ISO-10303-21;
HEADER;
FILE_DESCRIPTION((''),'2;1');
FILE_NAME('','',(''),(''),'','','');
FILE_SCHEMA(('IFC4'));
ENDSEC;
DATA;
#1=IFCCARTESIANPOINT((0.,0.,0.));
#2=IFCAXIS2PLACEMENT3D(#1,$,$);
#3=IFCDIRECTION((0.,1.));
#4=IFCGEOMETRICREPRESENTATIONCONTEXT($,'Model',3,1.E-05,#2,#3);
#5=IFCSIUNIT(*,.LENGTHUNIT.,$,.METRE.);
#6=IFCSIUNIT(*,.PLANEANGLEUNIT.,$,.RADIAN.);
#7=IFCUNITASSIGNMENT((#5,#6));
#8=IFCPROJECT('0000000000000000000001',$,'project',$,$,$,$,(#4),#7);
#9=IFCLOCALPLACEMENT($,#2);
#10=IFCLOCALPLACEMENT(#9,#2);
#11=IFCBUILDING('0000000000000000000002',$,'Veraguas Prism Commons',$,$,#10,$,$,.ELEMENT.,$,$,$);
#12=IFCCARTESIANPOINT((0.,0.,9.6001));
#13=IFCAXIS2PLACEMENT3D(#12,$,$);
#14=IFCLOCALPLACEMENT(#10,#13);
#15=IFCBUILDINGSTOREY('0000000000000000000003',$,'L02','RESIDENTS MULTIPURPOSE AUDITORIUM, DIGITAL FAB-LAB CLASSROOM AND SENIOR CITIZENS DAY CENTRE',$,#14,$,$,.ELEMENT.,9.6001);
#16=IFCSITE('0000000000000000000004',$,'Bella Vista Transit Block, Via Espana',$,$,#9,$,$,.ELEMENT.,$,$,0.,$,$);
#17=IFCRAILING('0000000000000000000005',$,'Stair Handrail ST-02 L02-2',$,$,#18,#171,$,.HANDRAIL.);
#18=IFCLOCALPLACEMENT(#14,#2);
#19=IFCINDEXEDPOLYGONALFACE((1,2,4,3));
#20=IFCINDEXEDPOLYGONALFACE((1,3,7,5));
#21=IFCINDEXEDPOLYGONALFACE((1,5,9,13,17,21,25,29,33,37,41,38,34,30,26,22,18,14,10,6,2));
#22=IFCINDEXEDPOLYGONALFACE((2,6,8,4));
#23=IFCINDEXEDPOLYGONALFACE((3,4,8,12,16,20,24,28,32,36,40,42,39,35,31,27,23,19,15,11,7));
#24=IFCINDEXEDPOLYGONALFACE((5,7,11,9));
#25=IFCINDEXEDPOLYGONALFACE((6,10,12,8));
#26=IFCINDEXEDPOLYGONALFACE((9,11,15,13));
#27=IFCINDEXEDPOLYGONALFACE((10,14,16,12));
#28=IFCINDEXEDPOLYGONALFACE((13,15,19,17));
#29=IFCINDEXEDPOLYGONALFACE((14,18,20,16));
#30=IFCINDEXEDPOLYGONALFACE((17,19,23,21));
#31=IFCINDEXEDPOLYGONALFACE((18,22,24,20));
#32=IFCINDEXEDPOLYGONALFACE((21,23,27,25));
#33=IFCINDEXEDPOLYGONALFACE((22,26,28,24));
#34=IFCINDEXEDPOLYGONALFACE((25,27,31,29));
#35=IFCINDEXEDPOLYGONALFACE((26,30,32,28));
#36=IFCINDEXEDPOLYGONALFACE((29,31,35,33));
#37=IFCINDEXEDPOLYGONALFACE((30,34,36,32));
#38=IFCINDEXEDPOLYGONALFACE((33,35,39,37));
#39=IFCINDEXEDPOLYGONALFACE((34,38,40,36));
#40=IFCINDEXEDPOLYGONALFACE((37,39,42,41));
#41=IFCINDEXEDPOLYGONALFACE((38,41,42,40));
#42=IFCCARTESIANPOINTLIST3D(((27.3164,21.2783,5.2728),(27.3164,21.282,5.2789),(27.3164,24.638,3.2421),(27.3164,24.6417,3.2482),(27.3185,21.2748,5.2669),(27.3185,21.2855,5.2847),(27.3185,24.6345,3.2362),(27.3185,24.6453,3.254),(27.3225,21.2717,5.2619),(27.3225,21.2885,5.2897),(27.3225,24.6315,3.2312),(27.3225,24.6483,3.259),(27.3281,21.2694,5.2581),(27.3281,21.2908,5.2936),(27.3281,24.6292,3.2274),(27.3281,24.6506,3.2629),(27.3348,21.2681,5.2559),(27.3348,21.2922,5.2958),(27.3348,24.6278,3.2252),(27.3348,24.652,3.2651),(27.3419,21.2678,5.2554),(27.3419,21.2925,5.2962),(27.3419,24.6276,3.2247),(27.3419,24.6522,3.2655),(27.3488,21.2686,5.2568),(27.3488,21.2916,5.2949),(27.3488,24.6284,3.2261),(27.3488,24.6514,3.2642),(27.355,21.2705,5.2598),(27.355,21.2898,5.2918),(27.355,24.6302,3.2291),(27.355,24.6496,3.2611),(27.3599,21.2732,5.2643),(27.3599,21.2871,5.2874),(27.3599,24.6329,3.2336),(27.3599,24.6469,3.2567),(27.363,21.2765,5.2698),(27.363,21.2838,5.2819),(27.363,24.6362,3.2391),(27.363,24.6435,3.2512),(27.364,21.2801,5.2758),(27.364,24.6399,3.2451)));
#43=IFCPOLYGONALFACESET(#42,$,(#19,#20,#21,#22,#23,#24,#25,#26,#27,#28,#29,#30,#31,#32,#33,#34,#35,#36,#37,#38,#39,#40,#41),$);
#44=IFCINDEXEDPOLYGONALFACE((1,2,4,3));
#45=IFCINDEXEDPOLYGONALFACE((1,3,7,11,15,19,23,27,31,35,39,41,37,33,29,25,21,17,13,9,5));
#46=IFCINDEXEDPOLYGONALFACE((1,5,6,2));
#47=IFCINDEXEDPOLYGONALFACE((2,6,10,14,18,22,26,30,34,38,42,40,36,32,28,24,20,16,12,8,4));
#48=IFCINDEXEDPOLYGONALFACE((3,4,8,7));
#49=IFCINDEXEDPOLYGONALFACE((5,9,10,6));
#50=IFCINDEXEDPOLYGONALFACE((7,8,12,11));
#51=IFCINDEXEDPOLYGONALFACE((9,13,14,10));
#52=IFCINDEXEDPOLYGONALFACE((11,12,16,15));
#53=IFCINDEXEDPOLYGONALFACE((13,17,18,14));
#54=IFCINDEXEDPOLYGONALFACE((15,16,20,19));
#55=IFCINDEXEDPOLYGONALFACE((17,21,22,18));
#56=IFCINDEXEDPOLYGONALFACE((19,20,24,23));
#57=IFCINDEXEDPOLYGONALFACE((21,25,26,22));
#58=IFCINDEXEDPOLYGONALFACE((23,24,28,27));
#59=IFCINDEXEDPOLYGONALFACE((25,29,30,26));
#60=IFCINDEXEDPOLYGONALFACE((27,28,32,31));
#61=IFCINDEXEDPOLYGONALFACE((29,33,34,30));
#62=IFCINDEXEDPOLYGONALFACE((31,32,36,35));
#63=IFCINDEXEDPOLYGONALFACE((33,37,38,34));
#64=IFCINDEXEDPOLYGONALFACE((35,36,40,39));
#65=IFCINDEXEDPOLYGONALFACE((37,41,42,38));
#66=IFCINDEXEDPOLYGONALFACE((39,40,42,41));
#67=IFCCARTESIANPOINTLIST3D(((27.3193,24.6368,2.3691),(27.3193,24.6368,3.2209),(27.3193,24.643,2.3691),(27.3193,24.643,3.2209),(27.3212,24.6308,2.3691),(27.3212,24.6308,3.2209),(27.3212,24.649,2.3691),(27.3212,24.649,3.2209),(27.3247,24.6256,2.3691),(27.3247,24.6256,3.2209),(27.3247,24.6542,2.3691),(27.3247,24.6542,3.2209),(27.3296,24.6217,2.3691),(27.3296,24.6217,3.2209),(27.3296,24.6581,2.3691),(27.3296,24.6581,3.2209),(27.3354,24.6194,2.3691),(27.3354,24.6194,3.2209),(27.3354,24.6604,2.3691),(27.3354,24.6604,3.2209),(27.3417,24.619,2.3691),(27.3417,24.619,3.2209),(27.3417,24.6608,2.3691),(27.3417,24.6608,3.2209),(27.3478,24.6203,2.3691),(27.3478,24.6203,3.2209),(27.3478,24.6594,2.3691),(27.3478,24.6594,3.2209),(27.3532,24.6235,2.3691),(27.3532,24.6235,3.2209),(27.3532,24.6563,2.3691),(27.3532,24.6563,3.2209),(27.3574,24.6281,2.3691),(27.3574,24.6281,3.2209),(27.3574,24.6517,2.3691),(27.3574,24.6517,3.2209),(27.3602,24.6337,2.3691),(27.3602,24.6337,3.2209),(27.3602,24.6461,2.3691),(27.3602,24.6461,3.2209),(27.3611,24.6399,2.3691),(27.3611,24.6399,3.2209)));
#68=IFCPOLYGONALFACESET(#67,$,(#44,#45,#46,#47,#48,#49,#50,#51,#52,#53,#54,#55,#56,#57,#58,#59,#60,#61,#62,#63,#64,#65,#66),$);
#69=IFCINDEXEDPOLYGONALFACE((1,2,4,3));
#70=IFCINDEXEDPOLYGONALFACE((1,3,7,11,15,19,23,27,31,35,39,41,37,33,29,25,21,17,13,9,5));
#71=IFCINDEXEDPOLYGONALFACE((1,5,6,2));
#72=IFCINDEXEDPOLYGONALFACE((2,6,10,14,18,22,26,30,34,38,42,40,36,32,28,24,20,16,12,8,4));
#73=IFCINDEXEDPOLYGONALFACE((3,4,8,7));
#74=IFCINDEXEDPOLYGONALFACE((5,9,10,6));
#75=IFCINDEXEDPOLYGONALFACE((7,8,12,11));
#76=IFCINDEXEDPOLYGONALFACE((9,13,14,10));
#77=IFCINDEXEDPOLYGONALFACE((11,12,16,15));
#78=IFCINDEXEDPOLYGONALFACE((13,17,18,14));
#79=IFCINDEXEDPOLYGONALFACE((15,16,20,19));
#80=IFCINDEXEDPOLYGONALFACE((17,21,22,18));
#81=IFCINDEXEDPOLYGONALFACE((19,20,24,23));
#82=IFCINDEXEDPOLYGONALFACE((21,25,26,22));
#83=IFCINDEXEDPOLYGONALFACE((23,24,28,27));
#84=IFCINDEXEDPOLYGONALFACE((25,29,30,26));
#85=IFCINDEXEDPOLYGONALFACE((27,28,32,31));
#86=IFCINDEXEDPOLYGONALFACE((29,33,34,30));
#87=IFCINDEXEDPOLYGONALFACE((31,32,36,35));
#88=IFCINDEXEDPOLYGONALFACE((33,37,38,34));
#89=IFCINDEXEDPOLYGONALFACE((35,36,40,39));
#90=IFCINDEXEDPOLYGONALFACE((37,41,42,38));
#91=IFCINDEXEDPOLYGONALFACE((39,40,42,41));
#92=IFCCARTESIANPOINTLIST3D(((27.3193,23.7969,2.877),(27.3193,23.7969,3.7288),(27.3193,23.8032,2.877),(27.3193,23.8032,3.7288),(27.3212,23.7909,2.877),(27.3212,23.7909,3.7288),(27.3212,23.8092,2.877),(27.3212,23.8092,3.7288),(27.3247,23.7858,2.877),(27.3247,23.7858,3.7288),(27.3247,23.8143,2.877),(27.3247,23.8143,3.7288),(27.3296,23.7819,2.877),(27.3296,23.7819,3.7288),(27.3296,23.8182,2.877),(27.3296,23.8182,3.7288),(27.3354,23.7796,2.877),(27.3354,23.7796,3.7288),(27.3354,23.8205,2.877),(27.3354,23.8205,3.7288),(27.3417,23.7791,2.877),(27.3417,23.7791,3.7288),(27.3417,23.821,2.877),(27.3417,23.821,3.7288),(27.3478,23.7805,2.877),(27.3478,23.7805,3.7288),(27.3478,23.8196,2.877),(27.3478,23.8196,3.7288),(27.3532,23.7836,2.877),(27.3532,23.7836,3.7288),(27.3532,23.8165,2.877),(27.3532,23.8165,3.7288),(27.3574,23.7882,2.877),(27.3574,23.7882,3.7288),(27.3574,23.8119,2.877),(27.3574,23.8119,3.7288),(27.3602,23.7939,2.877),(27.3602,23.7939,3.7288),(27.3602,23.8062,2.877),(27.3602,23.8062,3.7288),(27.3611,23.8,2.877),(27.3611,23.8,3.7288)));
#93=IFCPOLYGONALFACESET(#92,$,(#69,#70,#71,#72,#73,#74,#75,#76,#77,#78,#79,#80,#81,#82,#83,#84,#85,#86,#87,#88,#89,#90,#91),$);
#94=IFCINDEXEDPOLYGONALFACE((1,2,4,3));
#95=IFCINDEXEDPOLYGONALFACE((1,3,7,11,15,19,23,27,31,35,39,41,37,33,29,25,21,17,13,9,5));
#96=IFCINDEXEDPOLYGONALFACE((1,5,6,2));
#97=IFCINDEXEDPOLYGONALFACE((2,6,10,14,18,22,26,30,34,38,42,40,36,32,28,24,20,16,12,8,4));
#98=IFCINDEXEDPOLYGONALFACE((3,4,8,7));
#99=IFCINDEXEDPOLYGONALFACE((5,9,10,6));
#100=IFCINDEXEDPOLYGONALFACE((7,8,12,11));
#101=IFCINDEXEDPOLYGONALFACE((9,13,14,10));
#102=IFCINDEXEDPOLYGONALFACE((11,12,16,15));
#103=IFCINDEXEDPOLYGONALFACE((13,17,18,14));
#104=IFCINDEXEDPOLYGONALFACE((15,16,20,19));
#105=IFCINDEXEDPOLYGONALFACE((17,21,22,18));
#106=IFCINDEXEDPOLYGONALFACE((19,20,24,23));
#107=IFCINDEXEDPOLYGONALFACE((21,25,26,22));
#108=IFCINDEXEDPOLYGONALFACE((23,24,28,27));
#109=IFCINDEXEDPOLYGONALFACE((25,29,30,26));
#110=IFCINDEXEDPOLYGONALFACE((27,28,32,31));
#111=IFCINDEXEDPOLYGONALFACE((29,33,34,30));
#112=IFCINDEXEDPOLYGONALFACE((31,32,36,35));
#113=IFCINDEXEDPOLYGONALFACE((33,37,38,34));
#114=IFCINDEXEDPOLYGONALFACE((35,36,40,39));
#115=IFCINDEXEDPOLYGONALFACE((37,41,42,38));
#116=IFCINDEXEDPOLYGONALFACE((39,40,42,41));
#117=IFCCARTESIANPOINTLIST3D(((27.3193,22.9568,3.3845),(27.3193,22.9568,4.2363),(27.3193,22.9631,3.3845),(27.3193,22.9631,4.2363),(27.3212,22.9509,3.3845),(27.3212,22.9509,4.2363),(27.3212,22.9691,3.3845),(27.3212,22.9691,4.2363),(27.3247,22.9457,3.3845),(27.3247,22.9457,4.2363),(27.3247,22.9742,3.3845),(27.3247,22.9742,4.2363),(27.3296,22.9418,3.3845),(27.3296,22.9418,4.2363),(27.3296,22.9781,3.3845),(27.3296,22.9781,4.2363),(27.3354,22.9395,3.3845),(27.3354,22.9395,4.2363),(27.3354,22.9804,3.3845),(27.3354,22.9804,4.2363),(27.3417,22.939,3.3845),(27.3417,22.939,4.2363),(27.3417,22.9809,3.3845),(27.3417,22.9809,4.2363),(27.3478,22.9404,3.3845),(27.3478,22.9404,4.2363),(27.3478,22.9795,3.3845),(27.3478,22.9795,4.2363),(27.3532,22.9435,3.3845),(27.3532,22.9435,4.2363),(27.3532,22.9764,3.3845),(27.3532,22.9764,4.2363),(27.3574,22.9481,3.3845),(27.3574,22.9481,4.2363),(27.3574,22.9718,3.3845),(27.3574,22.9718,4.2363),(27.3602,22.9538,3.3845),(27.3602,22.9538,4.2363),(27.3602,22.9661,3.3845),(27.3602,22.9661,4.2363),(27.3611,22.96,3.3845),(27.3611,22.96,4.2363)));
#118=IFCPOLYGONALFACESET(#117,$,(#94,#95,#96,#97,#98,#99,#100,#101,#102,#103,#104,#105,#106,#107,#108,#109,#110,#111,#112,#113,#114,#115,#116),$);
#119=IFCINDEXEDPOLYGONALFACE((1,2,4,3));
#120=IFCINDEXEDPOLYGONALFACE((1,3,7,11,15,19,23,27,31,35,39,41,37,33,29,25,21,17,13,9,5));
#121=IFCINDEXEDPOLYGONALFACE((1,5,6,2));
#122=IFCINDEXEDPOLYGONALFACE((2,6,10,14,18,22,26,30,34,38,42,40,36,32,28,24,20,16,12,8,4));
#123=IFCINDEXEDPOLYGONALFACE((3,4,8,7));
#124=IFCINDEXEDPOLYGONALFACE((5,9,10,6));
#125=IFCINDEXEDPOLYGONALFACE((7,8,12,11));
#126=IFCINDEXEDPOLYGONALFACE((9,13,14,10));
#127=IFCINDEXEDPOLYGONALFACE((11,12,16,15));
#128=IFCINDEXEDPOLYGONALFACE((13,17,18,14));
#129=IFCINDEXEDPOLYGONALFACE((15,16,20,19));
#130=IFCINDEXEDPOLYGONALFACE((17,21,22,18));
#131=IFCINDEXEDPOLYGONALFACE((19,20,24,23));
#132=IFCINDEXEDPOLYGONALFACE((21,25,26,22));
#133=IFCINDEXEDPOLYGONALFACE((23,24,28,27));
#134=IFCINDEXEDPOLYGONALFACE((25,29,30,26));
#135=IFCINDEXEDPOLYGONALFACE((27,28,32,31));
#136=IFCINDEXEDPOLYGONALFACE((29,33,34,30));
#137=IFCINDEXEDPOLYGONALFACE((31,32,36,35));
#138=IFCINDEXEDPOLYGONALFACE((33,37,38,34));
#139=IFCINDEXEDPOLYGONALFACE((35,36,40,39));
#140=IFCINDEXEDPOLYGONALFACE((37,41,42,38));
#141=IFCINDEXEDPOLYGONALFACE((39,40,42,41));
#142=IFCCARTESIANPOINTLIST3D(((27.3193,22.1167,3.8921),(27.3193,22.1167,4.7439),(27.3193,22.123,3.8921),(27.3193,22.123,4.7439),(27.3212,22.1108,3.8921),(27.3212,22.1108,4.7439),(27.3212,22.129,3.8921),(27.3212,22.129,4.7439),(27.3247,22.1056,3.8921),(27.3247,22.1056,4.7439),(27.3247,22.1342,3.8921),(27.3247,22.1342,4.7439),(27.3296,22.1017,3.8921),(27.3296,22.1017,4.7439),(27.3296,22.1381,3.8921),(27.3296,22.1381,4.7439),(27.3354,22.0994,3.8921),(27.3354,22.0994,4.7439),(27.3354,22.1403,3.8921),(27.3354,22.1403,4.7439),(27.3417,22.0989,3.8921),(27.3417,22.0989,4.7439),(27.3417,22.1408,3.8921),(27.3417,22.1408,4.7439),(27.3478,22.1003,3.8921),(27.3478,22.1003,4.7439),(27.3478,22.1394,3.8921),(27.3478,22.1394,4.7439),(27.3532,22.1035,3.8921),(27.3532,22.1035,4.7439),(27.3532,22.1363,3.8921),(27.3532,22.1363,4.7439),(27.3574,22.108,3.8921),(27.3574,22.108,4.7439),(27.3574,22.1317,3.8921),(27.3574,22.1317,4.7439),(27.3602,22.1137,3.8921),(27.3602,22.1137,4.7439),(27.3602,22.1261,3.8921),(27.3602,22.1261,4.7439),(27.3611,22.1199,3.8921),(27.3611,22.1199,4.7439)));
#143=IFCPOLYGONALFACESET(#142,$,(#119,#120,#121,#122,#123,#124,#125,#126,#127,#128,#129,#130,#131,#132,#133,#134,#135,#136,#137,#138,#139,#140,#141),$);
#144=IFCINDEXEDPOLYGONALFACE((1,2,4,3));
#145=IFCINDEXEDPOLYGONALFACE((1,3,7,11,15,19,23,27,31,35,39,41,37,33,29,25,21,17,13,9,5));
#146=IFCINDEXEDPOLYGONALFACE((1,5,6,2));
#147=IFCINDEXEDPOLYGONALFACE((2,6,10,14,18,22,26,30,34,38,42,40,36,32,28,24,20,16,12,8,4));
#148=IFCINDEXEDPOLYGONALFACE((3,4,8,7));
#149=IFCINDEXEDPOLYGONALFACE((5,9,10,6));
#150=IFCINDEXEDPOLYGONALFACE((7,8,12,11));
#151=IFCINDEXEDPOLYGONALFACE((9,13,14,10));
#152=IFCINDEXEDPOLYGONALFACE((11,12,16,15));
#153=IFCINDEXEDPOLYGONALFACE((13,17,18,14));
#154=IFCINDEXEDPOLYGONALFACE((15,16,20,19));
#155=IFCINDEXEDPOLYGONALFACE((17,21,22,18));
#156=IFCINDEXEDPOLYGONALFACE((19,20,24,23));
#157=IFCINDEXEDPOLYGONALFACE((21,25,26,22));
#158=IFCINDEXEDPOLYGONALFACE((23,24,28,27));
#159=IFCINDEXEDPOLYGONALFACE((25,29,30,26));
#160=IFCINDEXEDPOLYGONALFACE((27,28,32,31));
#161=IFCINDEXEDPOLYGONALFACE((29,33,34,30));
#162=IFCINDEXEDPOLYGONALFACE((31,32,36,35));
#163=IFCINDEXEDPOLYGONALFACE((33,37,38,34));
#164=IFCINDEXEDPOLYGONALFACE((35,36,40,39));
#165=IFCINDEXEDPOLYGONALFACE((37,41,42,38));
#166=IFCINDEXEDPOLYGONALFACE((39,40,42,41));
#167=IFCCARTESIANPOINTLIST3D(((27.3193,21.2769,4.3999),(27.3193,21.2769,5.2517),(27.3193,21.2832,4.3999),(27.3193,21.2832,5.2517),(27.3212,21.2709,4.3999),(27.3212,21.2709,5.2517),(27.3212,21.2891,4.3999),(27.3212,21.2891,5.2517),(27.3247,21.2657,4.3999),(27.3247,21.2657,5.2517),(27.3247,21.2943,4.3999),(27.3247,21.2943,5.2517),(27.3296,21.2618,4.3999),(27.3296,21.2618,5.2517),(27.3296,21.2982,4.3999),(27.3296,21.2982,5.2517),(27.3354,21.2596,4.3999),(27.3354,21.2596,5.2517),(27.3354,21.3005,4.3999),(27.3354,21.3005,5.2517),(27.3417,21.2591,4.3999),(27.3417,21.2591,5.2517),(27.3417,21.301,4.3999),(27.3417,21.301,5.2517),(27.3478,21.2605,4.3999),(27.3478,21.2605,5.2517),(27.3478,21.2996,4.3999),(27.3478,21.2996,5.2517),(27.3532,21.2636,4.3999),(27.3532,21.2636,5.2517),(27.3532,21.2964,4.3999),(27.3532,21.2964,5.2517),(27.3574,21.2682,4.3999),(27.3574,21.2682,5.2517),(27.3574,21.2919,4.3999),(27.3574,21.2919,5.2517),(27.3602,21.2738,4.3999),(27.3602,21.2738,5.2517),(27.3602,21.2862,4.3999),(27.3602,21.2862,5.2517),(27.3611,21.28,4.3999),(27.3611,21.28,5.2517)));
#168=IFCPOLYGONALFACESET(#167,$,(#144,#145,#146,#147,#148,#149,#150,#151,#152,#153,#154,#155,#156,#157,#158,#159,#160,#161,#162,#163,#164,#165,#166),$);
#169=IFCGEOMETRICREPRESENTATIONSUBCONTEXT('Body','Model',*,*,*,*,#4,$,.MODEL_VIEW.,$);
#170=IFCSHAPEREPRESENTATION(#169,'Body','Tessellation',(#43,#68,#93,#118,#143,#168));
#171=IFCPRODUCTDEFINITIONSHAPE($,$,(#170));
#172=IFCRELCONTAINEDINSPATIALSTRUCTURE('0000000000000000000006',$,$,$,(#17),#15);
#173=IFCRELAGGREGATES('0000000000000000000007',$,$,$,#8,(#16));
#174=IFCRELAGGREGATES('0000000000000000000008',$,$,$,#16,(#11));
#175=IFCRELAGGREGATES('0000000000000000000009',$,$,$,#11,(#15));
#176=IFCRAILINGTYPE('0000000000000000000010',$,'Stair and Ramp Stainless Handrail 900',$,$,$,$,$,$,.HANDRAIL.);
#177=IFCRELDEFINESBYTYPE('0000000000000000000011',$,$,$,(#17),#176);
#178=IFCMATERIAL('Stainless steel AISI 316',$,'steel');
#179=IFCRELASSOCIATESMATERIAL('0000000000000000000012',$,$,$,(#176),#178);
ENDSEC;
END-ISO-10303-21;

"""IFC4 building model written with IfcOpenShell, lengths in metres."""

from ifc_helpers import new_model, si_unit, direction, frame, origin, origin_2d, place, context, subcontext, project, spatial, circle, extrude, material, type_object, element, save


model = new_model("IFC4")

# Units and contexts
model_context = context("Model", 3, precision=1e-05, world=origin(), true_north=direction((0.0, 1.0)))
body_context = subcontext(model_context, "Body", "Model", "MODEL_VIEW")
ifc_project = project(units=[si_unit("LENGTHUNIT", "METRE"), si_unit("PLANEANGLEUNIT", "RADIAN")], contexts=[model_context])

# Site, building, storey
site_placement = place(None, origin())
site = spatial("IfcSite", under=ifc_project, at=site_placement, Name="Bella Vista Transit Block, Via Espana", CompositionType="ELEMENT", RefElevation=0.0)
building_placement = place(site_placement, origin())
building = spatial("IfcBuilding", under=site, at=building_placement, Name="Veraguas Prism Commons", CompositionType="ELEMENT")
storey_placement = place(building_placement, frame((0.0, 0.0, 9.6001)))
storey = spatial("IfcBuildingStorey", under=building, at=storey_placement, Name="L02", Description="RESIDENTS MULTIPURPOSE AUDITORIUM, DIGITAL FAB-LAB CLASSROOM AND SENIOR CITIZENS DAY CENTRE", CompositionType="ELEMENT", Elevation=9.6001)

# Railing
ifc_material_1 = material(Name="Stainless steel AISI 316", Category="steel")
railing_type_1 = type_object("IfcRailingType", Name="Stair and Ramp Stainless Handrail 900", PredefinedType="HANDRAIL", material=ifc_material_1)
railing_1_placement = place(storey_placement, frame((27.3401, 24.6399, 2.3691)))
element("IfcRailing", 1, at=railing_1_placement, inside=storey, type_object=railing_type_1, Name="Stair Handrail ST-02 L02-2", PredefinedType="HANDRAIL", context=body_context, shape_type="SweptSolid", body=[
    extrude(circle(Radius=0.0239, at=origin_2d()), frame((0.0, 0.0, 0.876), z_axis=(0.0, -0.85582, 0.517273), x_axis=(1.0, 0.0, 0.0)), (0.0, 0.0, 1.0), 3.9258),
    extrude(circle(Radius=0.021, at=origin_2d()), origin(), (0.0, 0.0, 1.0), 0.8518),
    extrude(circle(Radius=0.021, at=origin_2d()), frame((0.0, -0.8398, 0.5078)), (0.0, 0.0, 1.0), 0.8518),
    extrude(circle(Radius=0.021, at=origin_2d()), frame((0.0, -1.6799, 1.0154)), (0.0, 0.0, 1.0), 0.8518),
    extrude(circle(Radius=0.021, at=origin_2d()), frame((0.0, -2.52, 1.5229)), (0.0, 0.0, 1.0), 0.8518),
    extrude(circle(Radius=0.021, at=origin_2d()), frame((0.0, -3.3599, 2.0308)), (0.0, 0.0, 1.0), 0.8518),
])

save(model, "model.ifc")
